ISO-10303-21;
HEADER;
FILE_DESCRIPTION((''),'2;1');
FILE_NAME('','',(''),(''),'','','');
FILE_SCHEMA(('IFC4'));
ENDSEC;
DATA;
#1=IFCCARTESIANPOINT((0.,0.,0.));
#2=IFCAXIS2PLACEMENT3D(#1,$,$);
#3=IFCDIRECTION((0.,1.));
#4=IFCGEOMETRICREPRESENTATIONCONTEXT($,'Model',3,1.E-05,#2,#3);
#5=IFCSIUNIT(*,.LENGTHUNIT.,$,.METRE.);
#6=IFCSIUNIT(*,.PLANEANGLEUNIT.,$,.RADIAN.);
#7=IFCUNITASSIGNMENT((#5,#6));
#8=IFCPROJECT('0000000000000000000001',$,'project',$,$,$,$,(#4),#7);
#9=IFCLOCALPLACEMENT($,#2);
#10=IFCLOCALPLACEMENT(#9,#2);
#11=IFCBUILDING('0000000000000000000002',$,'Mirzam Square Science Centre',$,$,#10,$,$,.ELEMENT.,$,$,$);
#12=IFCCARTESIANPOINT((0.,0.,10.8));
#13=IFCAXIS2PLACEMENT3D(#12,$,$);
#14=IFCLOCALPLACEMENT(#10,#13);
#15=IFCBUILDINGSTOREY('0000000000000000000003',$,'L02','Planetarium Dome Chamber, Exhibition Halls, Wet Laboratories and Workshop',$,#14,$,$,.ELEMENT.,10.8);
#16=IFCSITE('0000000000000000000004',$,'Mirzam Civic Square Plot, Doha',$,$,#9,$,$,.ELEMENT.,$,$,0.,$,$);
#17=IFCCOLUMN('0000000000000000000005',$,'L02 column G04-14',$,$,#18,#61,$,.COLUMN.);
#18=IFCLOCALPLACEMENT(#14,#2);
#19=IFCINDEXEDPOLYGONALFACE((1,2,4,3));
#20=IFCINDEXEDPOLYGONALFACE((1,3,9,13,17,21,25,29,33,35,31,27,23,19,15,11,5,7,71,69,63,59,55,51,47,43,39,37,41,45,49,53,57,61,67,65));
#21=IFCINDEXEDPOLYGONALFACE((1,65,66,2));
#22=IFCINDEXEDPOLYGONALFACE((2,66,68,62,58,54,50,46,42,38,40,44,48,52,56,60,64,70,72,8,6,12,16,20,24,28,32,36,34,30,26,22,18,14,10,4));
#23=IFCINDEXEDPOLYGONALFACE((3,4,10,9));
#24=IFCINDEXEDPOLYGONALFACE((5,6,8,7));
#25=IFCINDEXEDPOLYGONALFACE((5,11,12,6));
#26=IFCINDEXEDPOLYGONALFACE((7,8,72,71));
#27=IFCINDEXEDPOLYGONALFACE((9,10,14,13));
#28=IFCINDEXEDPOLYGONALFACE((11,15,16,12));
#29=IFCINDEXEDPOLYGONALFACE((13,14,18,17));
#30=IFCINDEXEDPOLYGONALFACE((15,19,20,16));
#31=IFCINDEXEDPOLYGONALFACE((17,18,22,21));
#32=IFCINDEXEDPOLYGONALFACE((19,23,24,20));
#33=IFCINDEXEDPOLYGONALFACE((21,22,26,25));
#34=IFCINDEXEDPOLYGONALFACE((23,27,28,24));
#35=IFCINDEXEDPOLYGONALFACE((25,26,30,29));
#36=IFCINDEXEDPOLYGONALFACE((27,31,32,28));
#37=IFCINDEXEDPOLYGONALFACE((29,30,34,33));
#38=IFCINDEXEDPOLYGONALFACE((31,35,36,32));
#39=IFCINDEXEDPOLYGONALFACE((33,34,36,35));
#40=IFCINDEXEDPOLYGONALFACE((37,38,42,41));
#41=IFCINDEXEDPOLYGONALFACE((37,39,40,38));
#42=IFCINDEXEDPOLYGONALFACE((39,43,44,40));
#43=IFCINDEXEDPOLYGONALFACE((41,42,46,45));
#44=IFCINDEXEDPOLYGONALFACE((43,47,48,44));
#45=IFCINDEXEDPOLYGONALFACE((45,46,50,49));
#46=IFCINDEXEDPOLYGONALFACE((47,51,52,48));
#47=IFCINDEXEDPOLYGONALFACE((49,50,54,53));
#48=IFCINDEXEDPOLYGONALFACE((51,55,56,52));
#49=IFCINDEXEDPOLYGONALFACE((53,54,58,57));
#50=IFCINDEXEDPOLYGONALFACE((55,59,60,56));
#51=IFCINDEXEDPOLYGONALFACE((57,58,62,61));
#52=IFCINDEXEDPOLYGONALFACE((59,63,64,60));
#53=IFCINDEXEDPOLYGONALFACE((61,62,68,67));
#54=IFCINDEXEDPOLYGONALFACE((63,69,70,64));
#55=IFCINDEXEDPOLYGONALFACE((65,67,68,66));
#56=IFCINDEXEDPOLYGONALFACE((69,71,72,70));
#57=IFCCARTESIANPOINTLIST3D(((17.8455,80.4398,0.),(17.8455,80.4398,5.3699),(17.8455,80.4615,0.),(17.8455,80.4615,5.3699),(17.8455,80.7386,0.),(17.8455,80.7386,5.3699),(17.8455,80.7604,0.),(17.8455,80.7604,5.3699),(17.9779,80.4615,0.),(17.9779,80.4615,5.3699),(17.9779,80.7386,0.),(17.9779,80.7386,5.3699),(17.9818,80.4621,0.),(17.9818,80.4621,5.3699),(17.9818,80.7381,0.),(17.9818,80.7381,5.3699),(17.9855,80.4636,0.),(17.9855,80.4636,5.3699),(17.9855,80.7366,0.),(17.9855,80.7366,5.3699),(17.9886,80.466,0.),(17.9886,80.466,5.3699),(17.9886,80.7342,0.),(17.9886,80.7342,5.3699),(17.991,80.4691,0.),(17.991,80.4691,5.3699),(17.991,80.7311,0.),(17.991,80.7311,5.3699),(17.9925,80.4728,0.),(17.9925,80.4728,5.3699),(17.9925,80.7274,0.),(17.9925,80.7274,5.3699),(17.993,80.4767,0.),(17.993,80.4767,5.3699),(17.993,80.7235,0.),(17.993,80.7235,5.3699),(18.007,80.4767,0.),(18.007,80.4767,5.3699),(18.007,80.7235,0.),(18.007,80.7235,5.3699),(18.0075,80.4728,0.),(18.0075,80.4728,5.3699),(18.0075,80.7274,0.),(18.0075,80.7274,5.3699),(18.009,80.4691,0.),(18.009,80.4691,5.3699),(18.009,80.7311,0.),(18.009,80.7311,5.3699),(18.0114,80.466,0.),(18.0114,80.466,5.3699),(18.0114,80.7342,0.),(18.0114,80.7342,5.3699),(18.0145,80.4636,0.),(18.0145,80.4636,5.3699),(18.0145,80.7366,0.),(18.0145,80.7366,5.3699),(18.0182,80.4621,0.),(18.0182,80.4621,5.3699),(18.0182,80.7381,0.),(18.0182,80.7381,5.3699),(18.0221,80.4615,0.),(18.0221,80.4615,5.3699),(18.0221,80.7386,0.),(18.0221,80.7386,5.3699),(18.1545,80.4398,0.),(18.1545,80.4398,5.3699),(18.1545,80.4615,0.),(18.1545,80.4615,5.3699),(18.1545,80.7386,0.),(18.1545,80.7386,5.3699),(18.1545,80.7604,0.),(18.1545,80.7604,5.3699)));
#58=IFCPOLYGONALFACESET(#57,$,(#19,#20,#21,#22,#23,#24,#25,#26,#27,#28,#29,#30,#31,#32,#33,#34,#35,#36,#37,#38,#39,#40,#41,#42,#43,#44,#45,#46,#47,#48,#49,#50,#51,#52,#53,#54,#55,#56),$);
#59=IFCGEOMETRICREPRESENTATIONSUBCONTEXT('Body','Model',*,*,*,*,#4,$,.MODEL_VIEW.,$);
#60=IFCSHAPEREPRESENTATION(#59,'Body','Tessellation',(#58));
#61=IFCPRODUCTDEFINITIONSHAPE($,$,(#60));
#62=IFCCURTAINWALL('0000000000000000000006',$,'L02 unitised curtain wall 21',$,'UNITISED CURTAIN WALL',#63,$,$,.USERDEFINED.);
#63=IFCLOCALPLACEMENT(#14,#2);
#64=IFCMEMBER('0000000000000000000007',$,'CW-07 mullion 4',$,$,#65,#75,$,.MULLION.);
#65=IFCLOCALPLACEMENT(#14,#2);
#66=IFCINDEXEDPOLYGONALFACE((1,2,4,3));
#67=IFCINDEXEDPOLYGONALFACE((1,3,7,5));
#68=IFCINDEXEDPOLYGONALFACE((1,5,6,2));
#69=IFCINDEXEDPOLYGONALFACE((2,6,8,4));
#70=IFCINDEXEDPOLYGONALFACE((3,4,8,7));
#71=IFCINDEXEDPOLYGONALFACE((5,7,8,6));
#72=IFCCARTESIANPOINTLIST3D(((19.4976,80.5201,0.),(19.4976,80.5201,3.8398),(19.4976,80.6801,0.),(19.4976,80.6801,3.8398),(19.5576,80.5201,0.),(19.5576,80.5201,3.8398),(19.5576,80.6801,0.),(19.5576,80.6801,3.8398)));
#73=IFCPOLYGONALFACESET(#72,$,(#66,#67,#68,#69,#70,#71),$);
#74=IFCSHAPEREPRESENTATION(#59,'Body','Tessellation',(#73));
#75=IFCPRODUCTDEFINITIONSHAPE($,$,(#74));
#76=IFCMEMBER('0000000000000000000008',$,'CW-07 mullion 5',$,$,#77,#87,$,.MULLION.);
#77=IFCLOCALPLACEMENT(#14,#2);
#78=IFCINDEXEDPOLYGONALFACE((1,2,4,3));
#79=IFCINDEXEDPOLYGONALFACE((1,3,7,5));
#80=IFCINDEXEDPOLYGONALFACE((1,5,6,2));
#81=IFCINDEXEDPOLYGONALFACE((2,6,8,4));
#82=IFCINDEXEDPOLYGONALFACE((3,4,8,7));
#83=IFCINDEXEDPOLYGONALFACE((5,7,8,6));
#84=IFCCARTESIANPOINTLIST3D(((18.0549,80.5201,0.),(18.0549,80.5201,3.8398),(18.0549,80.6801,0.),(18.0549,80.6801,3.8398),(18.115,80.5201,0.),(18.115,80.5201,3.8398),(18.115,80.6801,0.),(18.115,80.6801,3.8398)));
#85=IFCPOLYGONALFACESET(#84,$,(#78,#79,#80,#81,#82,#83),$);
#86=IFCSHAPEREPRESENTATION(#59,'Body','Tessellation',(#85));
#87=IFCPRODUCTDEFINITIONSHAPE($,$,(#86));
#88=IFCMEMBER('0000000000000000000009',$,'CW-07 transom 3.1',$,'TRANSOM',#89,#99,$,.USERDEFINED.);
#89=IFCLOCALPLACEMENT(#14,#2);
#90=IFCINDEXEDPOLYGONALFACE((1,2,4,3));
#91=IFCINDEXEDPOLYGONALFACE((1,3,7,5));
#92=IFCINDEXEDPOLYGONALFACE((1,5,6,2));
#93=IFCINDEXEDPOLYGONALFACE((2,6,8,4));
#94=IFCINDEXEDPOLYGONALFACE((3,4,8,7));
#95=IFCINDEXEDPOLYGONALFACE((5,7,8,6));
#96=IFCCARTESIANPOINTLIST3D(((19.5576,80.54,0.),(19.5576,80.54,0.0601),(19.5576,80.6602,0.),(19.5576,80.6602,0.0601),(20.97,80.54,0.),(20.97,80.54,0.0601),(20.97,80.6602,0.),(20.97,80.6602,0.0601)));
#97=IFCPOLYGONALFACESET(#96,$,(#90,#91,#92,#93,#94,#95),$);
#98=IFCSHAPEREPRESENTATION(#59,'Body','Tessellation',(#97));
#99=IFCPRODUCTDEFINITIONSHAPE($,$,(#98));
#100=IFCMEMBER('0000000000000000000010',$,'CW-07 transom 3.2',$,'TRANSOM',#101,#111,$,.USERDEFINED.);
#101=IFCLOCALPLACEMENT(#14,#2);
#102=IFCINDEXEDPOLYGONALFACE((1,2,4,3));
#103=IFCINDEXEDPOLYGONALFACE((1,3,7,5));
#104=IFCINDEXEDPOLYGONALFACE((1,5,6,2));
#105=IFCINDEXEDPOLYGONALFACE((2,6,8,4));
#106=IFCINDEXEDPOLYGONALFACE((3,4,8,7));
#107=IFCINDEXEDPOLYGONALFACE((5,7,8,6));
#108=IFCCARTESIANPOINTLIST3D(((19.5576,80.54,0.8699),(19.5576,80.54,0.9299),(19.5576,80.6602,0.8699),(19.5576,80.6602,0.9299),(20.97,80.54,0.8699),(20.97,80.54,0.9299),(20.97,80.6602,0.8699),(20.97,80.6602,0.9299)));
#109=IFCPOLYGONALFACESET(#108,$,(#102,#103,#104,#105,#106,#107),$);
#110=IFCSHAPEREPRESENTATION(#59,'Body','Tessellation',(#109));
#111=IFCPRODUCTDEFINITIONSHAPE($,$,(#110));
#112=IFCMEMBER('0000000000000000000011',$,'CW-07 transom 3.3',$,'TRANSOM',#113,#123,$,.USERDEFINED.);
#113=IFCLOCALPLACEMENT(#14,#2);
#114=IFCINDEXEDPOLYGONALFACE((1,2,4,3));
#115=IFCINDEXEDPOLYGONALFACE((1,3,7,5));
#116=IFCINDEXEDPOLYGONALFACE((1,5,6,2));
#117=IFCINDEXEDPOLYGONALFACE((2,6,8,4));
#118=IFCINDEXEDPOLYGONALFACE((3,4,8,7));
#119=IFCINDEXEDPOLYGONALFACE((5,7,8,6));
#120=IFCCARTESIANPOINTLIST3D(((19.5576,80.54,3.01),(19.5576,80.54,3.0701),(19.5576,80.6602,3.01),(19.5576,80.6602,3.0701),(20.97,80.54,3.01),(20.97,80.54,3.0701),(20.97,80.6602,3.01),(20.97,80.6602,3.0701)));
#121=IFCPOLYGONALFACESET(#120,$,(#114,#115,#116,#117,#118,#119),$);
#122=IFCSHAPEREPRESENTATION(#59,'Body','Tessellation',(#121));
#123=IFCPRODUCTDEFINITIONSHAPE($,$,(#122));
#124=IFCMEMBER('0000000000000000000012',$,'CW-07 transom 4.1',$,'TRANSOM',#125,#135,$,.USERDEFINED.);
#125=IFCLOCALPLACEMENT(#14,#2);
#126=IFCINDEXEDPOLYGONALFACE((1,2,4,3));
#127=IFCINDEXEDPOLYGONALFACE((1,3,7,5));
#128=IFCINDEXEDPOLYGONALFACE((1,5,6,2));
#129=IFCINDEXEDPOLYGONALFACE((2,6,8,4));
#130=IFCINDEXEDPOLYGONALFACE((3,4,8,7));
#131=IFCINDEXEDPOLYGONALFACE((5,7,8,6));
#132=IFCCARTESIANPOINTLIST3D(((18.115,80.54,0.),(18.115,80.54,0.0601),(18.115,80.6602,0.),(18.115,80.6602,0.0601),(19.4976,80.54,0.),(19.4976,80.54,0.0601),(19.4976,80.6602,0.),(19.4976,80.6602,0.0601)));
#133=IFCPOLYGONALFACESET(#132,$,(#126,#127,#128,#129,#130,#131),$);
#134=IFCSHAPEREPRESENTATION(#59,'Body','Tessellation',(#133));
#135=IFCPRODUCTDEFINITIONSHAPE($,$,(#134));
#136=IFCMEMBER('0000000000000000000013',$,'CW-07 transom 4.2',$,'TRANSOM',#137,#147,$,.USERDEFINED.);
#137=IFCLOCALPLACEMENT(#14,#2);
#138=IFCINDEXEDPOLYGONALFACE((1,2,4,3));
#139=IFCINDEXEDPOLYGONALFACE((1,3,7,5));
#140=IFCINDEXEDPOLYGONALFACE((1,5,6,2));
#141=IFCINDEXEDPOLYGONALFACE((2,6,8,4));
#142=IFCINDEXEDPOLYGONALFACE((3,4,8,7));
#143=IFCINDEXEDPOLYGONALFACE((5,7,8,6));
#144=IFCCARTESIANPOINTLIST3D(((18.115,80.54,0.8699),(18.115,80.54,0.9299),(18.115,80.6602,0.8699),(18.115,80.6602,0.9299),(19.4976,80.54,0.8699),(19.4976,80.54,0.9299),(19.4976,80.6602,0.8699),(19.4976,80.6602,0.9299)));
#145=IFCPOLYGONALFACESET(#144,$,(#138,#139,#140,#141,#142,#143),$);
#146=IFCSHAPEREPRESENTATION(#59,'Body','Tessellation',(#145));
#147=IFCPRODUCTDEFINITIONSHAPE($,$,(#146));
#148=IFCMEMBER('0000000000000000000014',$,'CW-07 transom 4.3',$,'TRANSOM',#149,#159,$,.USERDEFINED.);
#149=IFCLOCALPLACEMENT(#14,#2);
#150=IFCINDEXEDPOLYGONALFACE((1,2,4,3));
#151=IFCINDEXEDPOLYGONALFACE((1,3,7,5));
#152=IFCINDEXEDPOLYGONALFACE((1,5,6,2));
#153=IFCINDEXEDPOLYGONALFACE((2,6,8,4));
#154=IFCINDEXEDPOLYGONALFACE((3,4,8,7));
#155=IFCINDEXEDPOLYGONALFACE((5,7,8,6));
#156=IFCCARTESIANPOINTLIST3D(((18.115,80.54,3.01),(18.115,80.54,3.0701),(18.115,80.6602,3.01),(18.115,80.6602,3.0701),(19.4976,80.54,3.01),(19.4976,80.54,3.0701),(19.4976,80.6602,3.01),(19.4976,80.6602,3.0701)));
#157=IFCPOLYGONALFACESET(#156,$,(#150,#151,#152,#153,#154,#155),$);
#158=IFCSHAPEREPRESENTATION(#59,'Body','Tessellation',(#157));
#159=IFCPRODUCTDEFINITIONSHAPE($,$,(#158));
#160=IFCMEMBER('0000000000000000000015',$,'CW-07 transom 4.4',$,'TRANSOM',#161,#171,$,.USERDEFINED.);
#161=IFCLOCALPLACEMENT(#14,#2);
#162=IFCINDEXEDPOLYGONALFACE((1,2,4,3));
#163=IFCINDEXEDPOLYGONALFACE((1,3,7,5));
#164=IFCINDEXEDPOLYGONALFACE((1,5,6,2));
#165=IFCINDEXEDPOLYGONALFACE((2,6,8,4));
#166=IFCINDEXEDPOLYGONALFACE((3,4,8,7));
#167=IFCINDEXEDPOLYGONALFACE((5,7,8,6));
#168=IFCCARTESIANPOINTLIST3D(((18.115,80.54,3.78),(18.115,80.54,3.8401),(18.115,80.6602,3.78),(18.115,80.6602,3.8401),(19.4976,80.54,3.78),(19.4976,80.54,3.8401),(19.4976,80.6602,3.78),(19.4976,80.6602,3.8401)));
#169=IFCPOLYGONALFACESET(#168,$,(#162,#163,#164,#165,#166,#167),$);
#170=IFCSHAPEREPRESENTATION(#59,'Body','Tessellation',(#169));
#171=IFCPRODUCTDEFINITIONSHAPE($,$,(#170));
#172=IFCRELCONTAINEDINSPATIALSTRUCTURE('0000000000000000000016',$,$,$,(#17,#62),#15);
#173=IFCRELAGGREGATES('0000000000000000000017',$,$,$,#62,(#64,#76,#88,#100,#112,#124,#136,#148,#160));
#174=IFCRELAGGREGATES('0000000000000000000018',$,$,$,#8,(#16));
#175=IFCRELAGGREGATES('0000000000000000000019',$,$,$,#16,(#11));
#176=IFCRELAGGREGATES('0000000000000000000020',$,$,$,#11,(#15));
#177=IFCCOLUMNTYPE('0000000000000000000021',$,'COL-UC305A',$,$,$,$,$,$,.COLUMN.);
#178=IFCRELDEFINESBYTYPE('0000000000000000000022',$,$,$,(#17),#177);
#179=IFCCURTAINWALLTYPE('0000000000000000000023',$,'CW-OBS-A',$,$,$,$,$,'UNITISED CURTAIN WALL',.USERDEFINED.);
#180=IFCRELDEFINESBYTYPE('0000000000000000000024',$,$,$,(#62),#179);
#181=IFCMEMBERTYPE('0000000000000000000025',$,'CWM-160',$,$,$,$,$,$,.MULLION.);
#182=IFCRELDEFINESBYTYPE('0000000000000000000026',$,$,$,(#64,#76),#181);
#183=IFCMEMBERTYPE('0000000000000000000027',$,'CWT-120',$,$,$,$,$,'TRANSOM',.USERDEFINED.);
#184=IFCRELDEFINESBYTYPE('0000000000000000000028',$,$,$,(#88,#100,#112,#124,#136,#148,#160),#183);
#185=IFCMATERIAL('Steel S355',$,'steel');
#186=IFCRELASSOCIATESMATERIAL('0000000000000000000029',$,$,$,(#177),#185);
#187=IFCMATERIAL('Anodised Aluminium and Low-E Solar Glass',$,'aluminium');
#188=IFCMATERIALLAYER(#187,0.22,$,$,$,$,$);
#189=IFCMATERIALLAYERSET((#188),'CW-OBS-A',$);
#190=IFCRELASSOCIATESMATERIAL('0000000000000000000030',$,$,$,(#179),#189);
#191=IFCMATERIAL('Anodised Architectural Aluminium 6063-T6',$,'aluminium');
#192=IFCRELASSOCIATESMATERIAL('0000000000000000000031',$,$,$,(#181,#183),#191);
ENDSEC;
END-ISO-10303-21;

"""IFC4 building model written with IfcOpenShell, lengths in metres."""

from ifc_helpers import new_model, si_unit, direction, frame, origin, origin_2d, place, context, subcontext, project, spatial, rectangle, i_section, extrude, material, layer, layer_set, material_profile, profile_set, type_object, element, aggregate, save


model = new_model("IFC4")

# Units and contexts
model_context = context("Model", 3, precision=1e-05, world=origin(), true_north=direction((0.0, 1.0)))
body_context = subcontext(model_context, "Body", "Model", "MODEL_VIEW")
ifc_project = project(units=[si_unit("LENGTHUNIT", "METRE"), si_unit("PLANEANGLEUNIT", "RADIAN")], contexts=[model_context])

# Site, building, storey
site_placement = place(None, origin())
site = spatial("IfcSite", under=ifc_project, at=site_placement, Name="Mirzam Civic Square Plot, Doha", CompositionType="ELEMENT", RefElevation=0.0)
building_placement = place(site_placement, origin())
building = spatial("IfcBuilding", under=site, at=building_placement, Name="Mirzam Square Science Centre", CompositionType="ELEMENT")
storey_placement = place(building_placement, frame((0.0, 0.0, 10.8)))
storey = spatial("IfcBuildingStorey", under=building, at=storey_placement, Name="L02", Description="Planetarium Dome Chamber, Exhibition Halls, Wet Laboratories and Workshop", CompositionType="ELEMENT", Elevation=10.8)

# Column
ifc_material_1 = material(Name="Steel S355", Category="steel")
ifc_material_profile_1 = material_profile(ifc_material_1, i_section(OverallWidth=0.3091, OverallDepth=0.3206, WebThickness=0.0139, FlangeThickness=0.0217, FilletRadius=0.0151, at=origin_2d()), Name="305x305x137UC")
ifc_profile_set_1 = profile_set([ifc_material_profile_1], Name="Steel S355")
column_type = type_object("IfcColumnType", Name="COL-UC305A", PredefinedType="COLUMN", material=ifc_profile_set_1)
column_placement = place(storey_placement, frame((18.0, 80.6001, 0.0), z_axis=(0.0, 0.0, 1.0), x_axis=(1.0, 0.0, 0.0)))
element("IfcColumn", 1, at=column_placement, inside=storey, type_object=column_type, Name="L02 column G04-14", PredefinedType="COLUMN", context=body_context, shape_type="SweptSolid", body=[
    extrude(i_section(OverallWidth=0.3091, OverallDepth=0.3206, WebThickness=0.0139, FlangeThickness=0.0217, FilletRadius=0.0151, at=origin_2d()), origin(), (0.0, 0.0, 1.0), 5.3699),
])

# Curtain wall, members
ifc_material_2 = material(Name="Anodised Aluminium and Low-E Solar Glass", Category="aluminium")
ifc_layer_1 = layer(ifc_material_2, 0.22)
ifc_layer_set_1 = layer_set([ifc_layer_1], Name="CW-OBS-A")
curtain_wall_type = type_object("IfcCurtainWallType", Name="CW-OBS-A", ElementType="UNITISED CURTAIN WALL", PredefinedType="USERDEFINED", material=ifc_layer_set_1)
curtain_wall_placement = place(storey_placement, origin())
curtain_wall = element("IfcCurtainWall", 2, at=curtain_wall_placement, inside=storey, type_object=curtain_wall_type, Name="L02 unitised curtain wall 21", ObjectType="UNITISED CURTAIN WALL", PredefinedType="USERDEFINED")
ifc_material_3 = material(Name="Anodised Architectural Aluminium 6063-T6", Category="aluminium")
ifc_material_profile_2 = material_profile(ifc_material_3, rectangle(XDim=0.0601, YDim=0.1599, at=origin_2d()), Name="ALU-MULL-160x60x4")
ifc_profile_set_2 = profile_set([ifc_material_profile_2], Name="Anodised Architectural Aluminium 6063-T6")
member_type_1 = type_object("IfcMemberType", Name="CWM-160", PredefinedType="MULLION", material=ifc_profile_set_2)
member_1_placement = place(storey_placement, frame((19.5276, 80.6001, 0.0), z_axis=(0.0, 0.0, 1.0), x_axis=(-1.0, 0.0, 0.0)))
member_1 = element("IfcMember", 3, at=member_1_placement, type_object=member_type_1, Name="CW-07 mullion 4", PredefinedType="MULLION", context=body_context, shape_type="SweptSolid", body=[
    extrude(rectangle(XDim=0.0601, YDim=0.1599, at=origin_2d()), origin(), (0.0, 0.0, 1.0), 3.8398),
])
member_2_placement = place(storey_placement, frame((18.085, 80.6001, 0.0), z_axis=(0.0, 0.0, 1.0), x_axis=(-1.0, 0.0, 0.0)))
member_2 = element("IfcMember", 4, at=member_2_placement, type_object=member_type_1, Name="CW-07 mullion 5", PredefinedType="MULLION", context=body_context, shape_type="SweptSolid", body=[
    extrude(rectangle(XDim=0.0601, YDim=0.1599, at=origin_2d()), origin(), (0.0, 0.0, 1.0), 3.8398),
])
ifc_material_profile_3 = material_profile(ifc_material_3, rectangle(XDim=0.1201, YDim=0.0601, at=origin_2d()), Name="ALU-TRAN-120x60x4")
ifc_profile_set_3 = profile_set([ifc_material_profile_3], Name="Anodised Architectural Aluminium 6063-T6")
member_type_2 = type_object("IfcMemberType", Name="CWT-120", ElementType="TRANSOM", PredefinedType="USERDEFINED", material=ifc_profile_set_3)
member_3_placement = place(storey_placement, frame((20.97, 80.6001, 0.03), z_axis=(-1.0, 0.0, 0.0), x_axis=(0.0, -1.0, 0.0)))
member_3 = element("IfcMember", 5, at=member_3_placement, type_object=member_type_2, Name="CW-07 transom 3.1", ObjectType="TRANSOM", PredefinedType="USERDEFINED", context=body_context, shape_type="SweptSolid", body=[
    extrude(rectangle(XDim=0.1201, YDim=0.0601, at=origin_2d()), origin(), (0.0, 0.0, 1.0), 1.4124),
])
member_4_placement = place(storey_placement, frame((20.97, 80.6001, 0.8999), z_axis=(-1.0, 0.0, 0.0), x_axis=(0.0, -1.0, 0.0)))
member_4 = element("IfcMember", 6, at=member_4_placement, type_object=member_type_2, Name="CW-07 transom 3.2", ObjectType="TRANSOM", PredefinedType="USERDEFINED", context=body_context, shape_type="SweptSolid", body=[
    extrude(rectangle(XDim=0.1201, YDim=0.0601, at=origin_2d()), origin(), (0.0, 0.0, 1.0), 1.4124),
])
member_5_placement = place(storey_placement, frame((20.97, 80.6001, 3.04), z_axis=(-1.0, 0.0, 0.0), x_axis=(0.0, -1.0, 0.0)))
member_5 = element("IfcMember", 7, at=member_5_placement, type_object=member_type_2, Name="CW-07 transom 3.3", ObjectType="TRANSOM", PredefinedType="USERDEFINED", context=body_context, shape_type="SweptSolid", body=[
    extrude(rectangle(XDim=0.1201, YDim=0.0601, at=origin_2d()), origin(), (0.0, 0.0, 1.0), 1.4124),
])
member_6_placement = place(storey_placement, frame((19.4976, 80.6001, 0.03), z_axis=(-1.0, 0.0, 0.0), x_axis=(0.0, -1.0, 0.0)))
member_6 = element("IfcMember", 8, at=member_6_placement, type_object=member_type_2, Name="CW-07 transom 4.1", ObjectType="TRANSOM", PredefinedType="USERDEFINED", context=body_context, shape_type="SweptSolid", body=[
    extrude(rectangle(XDim=0.1201, YDim=0.0601, at=origin_2d()), origin(), (0.0, 0.0, 1.0), 1.3826),
])
member_7_placement = place(storey_placement, frame((19.4976, 80.6001, 0.8999), z_axis=(-1.0, 0.0, 0.0), x_axis=(0.0, -1.0, 0.0)))
member_7 = element("IfcMember", 9, at=member_7_placement, type_object=member_type_2, Name="CW-07 transom 4.2", ObjectType="TRANSOM", PredefinedType="USERDEFINED", context=body_context, shape_type="SweptSolid", body=[
    extrude(rectangle(XDim=0.1201, YDim=0.0601, at=origin_2d()), origin(), (0.0, 0.0, 1.0), 1.3826),
])
member_8_placement = place(storey_placement, frame((19.4976, 80.6001, 3.04), z_axis=(-1.0, 0.0, 0.0), x_axis=(0.0, -1.0, 0.0)))
member_8 = element("IfcMember", 10, at=member_8_placement, type_object=member_type_2, Name="CW-07 transom 4.3", ObjectType="TRANSOM", PredefinedType="USERDEFINED", context=body_context, shape_type="SweptSolid", body=[
    extrude(rectangle(XDim=0.1201, YDim=0.0601, at=origin_2d()), origin(), (0.0, 0.0, 1.0), 1.3826),
])
member_9_placement = place(storey_placement, frame((19.4976, 80.6001, 3.8101), z_axis=(-1.0, 0.0, 0.0), x_axis=(0.0, -1.0, 0.0)))
member_9 = element("IfcMember", 11, at=member_9_placement, type_object=member_type_2, Name="CW-07 transom 4.4", ObjectType="TRANSOM", PredefinedType="USERDEFINED", context=body_context, shape_type="SweptSolid", body=[
    extrude(rectangle(XDim=0.1201, YDim=0.0601, at=origin_2d()), origin(), (0.0, 0.0, 1.0), 1.3826),
])

aggregate(curtain_wall, [member_1, member_2, member_3, member_4, member_5, member_6, member_7, member_8, member_9])

save(model, "model.ifc")
